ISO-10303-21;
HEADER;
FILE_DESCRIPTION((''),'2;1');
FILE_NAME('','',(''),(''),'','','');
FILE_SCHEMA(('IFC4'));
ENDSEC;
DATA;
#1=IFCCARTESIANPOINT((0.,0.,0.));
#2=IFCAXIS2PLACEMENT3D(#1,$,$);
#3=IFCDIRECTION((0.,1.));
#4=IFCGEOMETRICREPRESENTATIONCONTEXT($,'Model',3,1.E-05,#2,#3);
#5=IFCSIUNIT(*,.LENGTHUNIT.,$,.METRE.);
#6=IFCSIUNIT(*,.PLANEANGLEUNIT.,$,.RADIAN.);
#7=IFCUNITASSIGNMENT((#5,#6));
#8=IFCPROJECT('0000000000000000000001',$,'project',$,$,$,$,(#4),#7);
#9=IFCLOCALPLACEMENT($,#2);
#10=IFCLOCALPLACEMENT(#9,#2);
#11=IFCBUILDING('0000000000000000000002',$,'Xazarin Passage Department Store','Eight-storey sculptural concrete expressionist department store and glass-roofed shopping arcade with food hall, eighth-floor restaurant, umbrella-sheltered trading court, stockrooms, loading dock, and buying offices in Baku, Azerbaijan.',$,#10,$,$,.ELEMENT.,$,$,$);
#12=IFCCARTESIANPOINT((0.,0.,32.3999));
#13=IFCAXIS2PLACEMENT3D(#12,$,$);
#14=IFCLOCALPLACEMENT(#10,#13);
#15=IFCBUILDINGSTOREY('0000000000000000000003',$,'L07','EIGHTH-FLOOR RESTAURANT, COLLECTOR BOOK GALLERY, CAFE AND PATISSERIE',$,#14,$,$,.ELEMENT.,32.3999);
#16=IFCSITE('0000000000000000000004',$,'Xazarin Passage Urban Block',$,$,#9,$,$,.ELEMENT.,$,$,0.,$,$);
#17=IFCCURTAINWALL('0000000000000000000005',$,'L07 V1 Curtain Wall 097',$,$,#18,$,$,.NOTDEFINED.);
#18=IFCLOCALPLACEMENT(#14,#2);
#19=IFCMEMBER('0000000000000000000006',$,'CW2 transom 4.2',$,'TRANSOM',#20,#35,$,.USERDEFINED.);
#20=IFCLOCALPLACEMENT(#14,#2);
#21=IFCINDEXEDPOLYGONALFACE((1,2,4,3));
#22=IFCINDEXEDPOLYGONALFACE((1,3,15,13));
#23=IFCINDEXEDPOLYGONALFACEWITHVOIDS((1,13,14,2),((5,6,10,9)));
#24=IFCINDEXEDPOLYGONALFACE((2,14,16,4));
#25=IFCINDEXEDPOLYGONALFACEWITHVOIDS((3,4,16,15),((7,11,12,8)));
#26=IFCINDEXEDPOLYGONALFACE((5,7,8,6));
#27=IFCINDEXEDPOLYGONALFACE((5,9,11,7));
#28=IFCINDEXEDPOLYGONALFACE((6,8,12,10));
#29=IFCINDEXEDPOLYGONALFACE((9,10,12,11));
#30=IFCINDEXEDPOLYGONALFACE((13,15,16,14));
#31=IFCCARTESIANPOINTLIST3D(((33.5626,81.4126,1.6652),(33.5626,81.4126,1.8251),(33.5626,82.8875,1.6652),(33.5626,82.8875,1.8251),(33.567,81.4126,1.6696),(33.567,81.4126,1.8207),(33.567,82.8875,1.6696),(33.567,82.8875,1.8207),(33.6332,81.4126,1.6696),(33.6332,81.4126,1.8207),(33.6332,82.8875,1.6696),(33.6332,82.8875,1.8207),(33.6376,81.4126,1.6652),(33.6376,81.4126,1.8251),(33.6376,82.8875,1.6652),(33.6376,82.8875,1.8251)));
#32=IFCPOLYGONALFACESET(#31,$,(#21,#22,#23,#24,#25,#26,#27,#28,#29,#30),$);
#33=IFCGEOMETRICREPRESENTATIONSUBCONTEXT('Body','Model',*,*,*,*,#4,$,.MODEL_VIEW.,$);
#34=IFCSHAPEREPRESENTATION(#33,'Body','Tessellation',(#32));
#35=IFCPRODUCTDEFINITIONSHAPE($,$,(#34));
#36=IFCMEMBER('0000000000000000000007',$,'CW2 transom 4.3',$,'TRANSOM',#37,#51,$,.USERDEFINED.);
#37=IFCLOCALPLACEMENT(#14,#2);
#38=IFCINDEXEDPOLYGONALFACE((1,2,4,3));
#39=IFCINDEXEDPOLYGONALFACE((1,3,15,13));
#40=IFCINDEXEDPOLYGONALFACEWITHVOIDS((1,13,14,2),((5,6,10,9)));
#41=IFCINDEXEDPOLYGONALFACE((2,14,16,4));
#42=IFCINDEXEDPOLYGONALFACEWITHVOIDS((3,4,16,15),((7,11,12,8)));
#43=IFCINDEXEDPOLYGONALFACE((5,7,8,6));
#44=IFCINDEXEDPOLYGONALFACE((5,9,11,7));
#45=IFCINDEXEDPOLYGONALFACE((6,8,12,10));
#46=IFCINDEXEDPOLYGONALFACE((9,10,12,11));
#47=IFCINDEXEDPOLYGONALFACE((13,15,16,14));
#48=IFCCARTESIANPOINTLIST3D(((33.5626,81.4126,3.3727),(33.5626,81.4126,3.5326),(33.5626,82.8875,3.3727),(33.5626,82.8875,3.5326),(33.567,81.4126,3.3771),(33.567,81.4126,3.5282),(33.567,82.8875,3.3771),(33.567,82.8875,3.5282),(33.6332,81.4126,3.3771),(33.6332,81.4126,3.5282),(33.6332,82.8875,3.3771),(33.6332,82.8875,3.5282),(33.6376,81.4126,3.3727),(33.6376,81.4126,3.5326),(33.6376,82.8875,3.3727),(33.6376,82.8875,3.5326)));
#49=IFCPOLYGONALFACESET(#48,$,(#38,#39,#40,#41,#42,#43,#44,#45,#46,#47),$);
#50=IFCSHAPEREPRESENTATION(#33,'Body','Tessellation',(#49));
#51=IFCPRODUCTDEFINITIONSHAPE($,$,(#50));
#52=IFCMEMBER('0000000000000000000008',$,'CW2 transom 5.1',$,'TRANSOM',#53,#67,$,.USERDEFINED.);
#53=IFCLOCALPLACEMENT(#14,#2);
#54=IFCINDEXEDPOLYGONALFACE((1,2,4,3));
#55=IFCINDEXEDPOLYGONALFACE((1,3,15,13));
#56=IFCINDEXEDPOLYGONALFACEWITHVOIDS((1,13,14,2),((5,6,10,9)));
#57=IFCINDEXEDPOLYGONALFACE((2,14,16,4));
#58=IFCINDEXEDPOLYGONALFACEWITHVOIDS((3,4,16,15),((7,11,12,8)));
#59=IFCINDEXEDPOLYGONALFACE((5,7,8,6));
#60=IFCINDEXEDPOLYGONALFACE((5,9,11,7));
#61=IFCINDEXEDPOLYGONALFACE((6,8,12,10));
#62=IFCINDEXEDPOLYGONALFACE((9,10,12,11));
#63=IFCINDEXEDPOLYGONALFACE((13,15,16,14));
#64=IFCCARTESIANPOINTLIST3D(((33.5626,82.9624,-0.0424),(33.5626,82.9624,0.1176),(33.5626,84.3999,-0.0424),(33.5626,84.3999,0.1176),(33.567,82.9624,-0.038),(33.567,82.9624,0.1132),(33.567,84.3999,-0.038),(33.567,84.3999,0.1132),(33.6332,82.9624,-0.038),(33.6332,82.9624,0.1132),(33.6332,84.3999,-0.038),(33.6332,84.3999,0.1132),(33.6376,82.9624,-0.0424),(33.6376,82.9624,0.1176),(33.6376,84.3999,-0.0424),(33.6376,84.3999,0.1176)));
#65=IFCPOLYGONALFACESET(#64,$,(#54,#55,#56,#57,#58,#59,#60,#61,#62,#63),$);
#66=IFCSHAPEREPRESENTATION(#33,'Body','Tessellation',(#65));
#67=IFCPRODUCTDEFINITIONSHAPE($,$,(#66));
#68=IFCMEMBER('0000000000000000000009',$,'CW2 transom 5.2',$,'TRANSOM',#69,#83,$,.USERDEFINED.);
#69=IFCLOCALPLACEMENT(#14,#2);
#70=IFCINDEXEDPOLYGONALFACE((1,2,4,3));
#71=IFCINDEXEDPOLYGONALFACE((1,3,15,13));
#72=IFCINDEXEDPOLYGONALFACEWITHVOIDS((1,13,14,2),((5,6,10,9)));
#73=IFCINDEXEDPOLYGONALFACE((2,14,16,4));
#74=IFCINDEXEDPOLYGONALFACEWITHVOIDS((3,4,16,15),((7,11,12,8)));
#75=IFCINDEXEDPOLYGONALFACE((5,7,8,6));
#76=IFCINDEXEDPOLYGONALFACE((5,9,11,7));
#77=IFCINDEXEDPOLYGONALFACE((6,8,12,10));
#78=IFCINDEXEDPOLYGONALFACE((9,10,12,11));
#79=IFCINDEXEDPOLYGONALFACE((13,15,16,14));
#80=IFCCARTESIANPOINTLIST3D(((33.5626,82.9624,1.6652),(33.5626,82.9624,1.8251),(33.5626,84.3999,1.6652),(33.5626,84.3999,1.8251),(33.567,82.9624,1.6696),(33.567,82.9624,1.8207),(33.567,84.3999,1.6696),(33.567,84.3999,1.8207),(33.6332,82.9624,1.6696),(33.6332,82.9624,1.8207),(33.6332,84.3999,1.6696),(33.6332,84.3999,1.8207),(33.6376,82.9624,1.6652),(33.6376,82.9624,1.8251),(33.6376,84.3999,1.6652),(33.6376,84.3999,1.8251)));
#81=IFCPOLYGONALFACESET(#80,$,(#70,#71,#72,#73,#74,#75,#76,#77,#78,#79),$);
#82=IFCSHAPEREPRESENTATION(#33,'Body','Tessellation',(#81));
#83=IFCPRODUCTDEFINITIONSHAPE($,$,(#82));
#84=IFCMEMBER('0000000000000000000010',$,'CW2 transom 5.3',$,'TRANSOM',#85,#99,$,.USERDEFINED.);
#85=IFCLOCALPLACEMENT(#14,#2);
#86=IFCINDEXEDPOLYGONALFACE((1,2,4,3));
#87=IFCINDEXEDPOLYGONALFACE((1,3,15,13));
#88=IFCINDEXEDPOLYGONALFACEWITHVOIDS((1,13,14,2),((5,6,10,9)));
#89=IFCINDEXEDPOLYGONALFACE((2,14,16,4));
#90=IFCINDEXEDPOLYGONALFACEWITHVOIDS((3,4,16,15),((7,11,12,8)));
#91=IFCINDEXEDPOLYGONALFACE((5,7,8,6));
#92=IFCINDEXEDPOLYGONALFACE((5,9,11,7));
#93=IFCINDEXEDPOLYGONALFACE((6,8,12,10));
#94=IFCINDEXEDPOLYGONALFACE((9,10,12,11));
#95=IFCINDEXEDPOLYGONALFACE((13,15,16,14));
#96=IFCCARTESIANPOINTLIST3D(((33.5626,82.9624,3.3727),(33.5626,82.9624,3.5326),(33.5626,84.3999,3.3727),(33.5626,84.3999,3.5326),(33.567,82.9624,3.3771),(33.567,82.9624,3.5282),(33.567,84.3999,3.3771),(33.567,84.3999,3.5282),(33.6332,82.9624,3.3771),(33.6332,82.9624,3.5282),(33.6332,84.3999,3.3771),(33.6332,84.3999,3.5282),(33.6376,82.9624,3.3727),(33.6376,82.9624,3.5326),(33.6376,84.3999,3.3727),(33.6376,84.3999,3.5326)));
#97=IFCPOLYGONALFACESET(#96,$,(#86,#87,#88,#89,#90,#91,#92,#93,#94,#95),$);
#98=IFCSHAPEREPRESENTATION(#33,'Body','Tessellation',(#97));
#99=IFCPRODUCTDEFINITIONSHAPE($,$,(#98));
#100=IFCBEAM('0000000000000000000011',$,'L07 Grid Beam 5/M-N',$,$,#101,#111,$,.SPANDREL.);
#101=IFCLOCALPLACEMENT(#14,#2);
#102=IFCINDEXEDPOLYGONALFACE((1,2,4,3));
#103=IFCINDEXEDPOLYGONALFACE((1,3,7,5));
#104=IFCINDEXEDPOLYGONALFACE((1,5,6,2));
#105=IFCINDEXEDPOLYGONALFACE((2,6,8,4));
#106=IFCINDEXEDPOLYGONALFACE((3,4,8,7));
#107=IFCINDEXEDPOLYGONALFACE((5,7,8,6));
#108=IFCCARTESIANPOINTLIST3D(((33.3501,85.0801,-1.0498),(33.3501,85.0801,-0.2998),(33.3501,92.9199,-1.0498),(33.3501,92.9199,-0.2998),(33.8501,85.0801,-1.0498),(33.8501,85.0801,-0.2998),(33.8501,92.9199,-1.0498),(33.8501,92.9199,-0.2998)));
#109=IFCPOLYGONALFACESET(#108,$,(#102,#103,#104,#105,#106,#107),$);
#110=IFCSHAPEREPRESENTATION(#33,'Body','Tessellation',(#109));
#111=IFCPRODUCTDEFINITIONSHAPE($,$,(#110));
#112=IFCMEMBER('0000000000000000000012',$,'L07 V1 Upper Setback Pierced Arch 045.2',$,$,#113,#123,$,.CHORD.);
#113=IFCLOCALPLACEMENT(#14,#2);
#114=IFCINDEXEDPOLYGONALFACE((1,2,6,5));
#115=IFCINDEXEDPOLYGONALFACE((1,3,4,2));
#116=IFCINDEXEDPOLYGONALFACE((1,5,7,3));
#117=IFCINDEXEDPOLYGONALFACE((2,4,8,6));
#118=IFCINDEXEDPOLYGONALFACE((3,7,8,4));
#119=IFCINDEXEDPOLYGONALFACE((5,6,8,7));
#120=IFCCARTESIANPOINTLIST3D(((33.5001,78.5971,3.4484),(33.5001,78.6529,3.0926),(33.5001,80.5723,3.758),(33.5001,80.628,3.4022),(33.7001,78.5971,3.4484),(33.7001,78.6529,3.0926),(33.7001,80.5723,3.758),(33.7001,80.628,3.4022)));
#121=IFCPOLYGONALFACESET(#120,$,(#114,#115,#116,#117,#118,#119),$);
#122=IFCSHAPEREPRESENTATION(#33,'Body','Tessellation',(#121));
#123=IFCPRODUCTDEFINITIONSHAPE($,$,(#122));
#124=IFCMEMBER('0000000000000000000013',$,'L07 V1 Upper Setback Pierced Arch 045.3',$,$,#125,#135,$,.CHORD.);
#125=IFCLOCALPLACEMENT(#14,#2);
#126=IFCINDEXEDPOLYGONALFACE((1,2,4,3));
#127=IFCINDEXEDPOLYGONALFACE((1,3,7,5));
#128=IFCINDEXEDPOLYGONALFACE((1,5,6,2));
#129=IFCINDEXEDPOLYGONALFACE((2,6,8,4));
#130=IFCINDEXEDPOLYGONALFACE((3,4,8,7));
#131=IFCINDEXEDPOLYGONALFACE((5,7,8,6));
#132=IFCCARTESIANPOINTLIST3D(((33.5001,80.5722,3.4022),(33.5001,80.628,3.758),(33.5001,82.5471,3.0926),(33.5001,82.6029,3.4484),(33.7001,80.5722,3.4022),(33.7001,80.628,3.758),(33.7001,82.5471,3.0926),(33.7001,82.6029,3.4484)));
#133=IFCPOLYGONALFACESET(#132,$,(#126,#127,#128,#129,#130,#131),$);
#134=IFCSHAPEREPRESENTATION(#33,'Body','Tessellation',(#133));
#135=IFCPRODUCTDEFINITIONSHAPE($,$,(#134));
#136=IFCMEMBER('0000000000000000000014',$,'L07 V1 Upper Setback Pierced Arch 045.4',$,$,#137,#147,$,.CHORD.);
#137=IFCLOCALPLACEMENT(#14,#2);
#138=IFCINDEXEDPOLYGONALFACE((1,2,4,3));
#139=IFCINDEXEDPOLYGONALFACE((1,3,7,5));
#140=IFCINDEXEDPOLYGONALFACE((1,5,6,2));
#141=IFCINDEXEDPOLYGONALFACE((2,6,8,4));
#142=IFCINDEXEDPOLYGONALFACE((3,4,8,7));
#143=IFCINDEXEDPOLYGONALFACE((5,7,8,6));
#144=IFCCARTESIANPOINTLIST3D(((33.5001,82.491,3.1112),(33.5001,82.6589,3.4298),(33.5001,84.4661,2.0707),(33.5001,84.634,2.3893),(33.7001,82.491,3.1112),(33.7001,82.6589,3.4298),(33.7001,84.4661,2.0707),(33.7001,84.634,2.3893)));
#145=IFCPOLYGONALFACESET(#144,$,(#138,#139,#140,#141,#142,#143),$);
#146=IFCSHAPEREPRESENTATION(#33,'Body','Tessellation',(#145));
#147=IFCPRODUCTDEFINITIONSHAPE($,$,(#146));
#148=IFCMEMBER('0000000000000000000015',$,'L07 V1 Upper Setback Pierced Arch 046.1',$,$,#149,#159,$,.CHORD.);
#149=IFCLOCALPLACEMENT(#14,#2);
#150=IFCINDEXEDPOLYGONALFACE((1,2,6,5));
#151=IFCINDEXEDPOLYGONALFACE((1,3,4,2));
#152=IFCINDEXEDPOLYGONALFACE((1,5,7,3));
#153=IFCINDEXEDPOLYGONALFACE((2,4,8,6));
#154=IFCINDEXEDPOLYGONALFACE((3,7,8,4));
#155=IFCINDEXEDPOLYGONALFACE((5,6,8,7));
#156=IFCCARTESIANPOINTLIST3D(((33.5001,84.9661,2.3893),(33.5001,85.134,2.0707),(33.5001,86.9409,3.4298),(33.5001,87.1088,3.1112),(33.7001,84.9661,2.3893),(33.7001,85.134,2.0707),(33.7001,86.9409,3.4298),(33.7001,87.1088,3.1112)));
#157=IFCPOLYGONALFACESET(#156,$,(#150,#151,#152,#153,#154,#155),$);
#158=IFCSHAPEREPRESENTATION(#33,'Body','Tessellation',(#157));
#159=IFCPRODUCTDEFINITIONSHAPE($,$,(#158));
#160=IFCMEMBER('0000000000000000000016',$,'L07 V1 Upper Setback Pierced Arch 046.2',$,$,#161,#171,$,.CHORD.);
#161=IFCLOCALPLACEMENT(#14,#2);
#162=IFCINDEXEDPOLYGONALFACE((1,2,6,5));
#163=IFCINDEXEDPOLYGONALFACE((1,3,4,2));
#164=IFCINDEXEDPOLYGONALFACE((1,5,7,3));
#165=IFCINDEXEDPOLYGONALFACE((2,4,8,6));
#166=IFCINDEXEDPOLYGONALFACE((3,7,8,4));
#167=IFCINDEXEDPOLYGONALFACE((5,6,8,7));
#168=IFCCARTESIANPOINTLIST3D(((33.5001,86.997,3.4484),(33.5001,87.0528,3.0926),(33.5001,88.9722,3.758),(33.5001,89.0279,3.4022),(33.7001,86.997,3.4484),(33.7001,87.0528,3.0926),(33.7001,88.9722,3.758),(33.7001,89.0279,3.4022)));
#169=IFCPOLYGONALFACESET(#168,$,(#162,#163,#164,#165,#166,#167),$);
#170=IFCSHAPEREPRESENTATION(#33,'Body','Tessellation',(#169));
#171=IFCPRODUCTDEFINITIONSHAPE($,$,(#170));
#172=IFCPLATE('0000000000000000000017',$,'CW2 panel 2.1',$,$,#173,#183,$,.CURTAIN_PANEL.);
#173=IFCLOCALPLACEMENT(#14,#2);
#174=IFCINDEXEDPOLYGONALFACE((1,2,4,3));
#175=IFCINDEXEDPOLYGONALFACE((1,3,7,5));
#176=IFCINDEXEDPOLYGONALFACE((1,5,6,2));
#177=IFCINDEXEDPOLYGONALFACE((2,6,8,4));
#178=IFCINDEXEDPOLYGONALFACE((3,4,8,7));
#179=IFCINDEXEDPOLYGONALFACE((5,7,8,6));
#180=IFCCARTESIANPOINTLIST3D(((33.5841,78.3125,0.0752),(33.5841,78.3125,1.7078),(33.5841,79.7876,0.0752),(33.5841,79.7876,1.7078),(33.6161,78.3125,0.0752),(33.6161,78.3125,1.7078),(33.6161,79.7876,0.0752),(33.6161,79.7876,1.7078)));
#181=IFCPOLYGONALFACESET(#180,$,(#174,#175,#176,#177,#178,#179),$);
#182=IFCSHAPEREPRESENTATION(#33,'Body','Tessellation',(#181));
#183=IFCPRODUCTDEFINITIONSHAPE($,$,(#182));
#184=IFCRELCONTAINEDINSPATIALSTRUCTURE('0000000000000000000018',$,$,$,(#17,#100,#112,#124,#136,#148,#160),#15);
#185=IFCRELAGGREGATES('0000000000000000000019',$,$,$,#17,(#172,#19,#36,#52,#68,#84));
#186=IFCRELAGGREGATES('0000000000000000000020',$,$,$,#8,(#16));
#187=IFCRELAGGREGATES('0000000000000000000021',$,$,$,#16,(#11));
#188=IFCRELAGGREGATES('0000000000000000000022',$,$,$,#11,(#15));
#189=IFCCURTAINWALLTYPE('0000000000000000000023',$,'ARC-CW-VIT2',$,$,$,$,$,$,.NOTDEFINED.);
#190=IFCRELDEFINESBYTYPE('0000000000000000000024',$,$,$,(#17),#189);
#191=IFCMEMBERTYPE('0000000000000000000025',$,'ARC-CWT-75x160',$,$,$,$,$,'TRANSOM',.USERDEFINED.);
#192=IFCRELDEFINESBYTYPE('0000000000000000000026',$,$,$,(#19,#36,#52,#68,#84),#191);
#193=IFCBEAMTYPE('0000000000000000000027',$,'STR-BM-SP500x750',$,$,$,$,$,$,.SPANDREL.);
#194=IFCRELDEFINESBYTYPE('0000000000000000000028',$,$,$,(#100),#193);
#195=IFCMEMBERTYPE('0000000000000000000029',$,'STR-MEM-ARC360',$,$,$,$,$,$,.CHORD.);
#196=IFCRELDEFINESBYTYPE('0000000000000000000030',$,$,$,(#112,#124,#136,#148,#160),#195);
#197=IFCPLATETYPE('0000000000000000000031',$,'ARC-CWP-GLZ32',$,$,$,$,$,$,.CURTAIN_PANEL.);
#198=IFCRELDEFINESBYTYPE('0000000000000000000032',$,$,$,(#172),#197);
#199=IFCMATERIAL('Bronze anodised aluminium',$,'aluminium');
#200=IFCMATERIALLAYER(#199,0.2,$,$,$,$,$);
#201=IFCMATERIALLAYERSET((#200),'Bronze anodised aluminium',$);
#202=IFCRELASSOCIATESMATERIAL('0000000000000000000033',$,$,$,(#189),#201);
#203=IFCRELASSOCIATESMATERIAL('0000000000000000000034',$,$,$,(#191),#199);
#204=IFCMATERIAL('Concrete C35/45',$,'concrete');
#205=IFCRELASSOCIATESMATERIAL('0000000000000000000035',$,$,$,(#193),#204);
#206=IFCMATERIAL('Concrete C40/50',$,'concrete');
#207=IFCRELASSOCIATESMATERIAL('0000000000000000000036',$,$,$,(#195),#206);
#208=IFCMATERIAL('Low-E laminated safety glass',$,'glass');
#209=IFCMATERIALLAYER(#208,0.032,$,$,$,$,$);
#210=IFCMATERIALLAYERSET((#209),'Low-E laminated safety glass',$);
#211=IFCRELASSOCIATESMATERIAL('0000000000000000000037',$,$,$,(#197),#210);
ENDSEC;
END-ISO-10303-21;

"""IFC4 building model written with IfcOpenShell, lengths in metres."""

from ifc_helpers import new_model, si_unit, direction, frame, origin, origin_2d, place, context, subcontext, project, spatial, rectangle, hollow_rectangle, extrude, material, layer, layer_set, material_profile, profile_set, type_object, element, aggregate, save


model = new_model("IFC4")

# Units and contexts
model_context = context("Model", 3, precision=1e-05, world=origin(), true_north=direction((0.0, 1.0)))
body_context = subcontext(model_context, "Body", "Model", "MODEL_VIEW")
ifc_project = project(units=[si_unit("LENGTHUNIT", "METRE"), si_unit("PLANEANGLEUNIT", "RADIAN")], contexts=[model_context])

# Site, building, storey
site_placement = place(None, origin())
site = spatial("IfcSite", under=ifc_project, at=site_placement, Name="Xazarin Passage Urban Block", CompositionType="ELEMENT", RefElevation=0.0)
building_placement = place(site_placement, origin())
building = spatial("IfcBuilding", under=site, at=building_placement, Name="Xazarin Passage Department Store", Description="Eight-storey sculptural concrete expressionist department store and glass-roofed shopping arcade with food hall, eighth-floor restaurant, umbrella-sheltered trading court, stockrooms, loading dock, and buying offices in Baku, Azerbaijan.", CompositionType="ELEMENT")
storey_placement = place(building_placement, frame((0.0, 0.0, 32.3999)))
storey = spatial("IfcBuildingStorey", under=building, at=storey_placement, Name="L07", Description="EIGHTH-FLOOR RESTAURANT, COLLECTOR BOOK GALLERY, CAFE AND PATISSERIE", CompositionType="ELEMENT", Elevation=32.3999)

# Shared definitions
ifc_material_1 = material(Name="Concrete C40/50", Category="concrete")

# Curtain wall, members
ifc_material_2 = material(Name="Bronze anodised aluminium", Category="aluminium")
ifc_layer_1 = layer(ifc_material_2, 0.2)
ifc_layer_set_1 = layer_set([ifc_layer_1], Name="Bronze anodised aluminium")
curtain_wall_type = type_object("IfcCurtainWallType", Name="ARC-CW-VIT2", PredefinedType="NOTDEFINED", material=ifc_layer_set_1)
curtain_wall_placement = place(storey_placement, origin())
curtain_wall = element("IfcCurtainWall", 1, at=curtain_wall_placement, inside=storey, type_object=curtain_wall_type, Name="L07 V1 Curtain Wall 097", PredefinedType="NOTDEFINED")
ifc_material_profile_1 = material_profile(ifc_material_2, hollow_rectangle(XDim=0.075, YDim=0.1599, WallThickness=0.0044, at=origin_2d()), Name="ALU 75x160")
ifc_profile_set_1 = profile_set([ifc_material_profile_1], Name="Bronze anodised aluminium")
member_type_1 = type_object("IfcMemberType", Name="ARC-CWT-75x160", ElementType="TRANSOM", PredefinedType="USERDEFINED", material=ifc_profile_set_1)
member_1_placement = place(storey_placement, frame((33.6001, 81.4126, 1.7451), z_axis=(0.0, 1.0, 0.0), x_axis=(-1.0, 0.0, 0.0)))
member_1 = element("IfcMember", 2, at=member_1_placement, type_object=member_type_1, Name="CW2 transom 4.2", ObjectType="TRANSOM", PredefinedType="USERDEFINED", context=body_context, shape_type="SweptSolid", body=[
    extrude(hollow_rectangle(XDim=0.075, YDim=0.1599, WallThickness=0.0044, at=origin_2d()), origin(), (0.0, 0.0, 1.0), 1.4749),
])
member_2_placement = place(storey_placement, frame((33.6001, 81.4126, 3.4526), z_axis=(0.0, 1.0, 0.0), x_axis=(-1.0, 0.0, 0.0)))
member_2 = element("IfcMember", 3, at=member_2_placement, type_object=member_type_1, Name="CW2 transom 4.3", ObjectType="TRANSOM", PredefinedType="USERDEFINED", context=body_context, shape_type="SweptSolid", body=[
    extrude(hollow_rectangle(XDim=0.075, YDim=0.1599, WallThickness=0.0044, at=origin_2d()), origin(), (0.0, 0.0, 1.0), 1.4749),
])
member_3_placement = place(storey_placement, frame((33.6001, 82.9624, 0.0376), z_axis=(0.0, 1.0, 0.0), x_axis=(-1.0, 0.0, 0.0)))
member_3 = element("IfcMember", 4, at=member_3_placement, type_object=member_type_1, Name="CW2 transom 5.1", ObjectType="TRANSOM", PredefinedType="USERDEFINED", context=body_context, shape_type="SweptSolid", body=[
    extrude(hollow_rectangle(XDim=0.075, YDim=0.1599, WallThickness=0.0044, at=origin_2d()), origin(), (0.0, 0.0, 1.0), 1.4375),
])
member_4_placement = place(storey_placement, frame((33.6001, 82.9624, 1.7451), z_axis=(0.0, 1.0, 0.0), x_axis=(-1.0, 0.0, 0.0)))
member_4 = element("IfcMember", 5, at=member_4_placement, type_object=member_type_1, Name="CW2 transom 5.2", ObjectType="TRANSOM", PredefinedType="USERDEFINED", context=body_context, shape_type="SweptSolid", body=[
    extrude(hollow_rectangle(XDim=0.075, YDim=0.1599, WallThickness=0.0044, at=origin_2d()), origin(), (0.0, 0.0, 1.0), 1.4375),
])
member_5_placement = place(storey_placement, frame((33.6001, 82.9624, 3.4526), z_axis=(0.0, 1.0, 0.0), x_axis=(-1.0, 0.0, 0.0)))
member_5 = element("IfcMember", 6, at=member_5_placement, type_object=member_type_1, Name="CW2 transom 5.3", ObjectType="TRANSOM", PredefinedType="USERDEFINED", context=body_context, shape_type="SweptSolid", body=[
    extrude(hollow_rectangle(XDim=0.075, YDim=0.1599, WallThickness=0.0044, at=origin_2d()), origin(), (0.0, 0.0, 1.0), 1.4375),
])

# Beam
ifc_material_3 = material(Name="Concrete C35/45", Category="concrete")
ifc_material_profile_2 = material_profile(ifc_material_3, rectangle(XDim=0.5, YDim=0.75, at=origin_2d()), Name="RC 500x750")
ifc_profile_set_2 = profile_set([ifc_material_profile_2], Name="Concrete C35/45")
beam_type = type_object("IfcBeamType", Name="STR-BM-SP500x750", PredefinedType="SPANDREL", material=ifc_profile_set_2)
beam_placement = place(storey_placement, frame((33.6001, 85.0801, -0.6748), z_axis=(0.0, 1.0, 0.0), x_axis=(-1.0, 0.0, 0.0)))
element("IfcBeam", 7, at=beam_placement, inside=storey, type_object=beam_type, Name="L07 Grid Beam 5/M-N", PredefinedType="SPANDREL", context=body_context, shape_type="SweptSolid", body=[
    extrude(rectangle(XDim=0.5, YDim=0.75, at=origin_2d()), origin(), (0.0, 0.0, 1.0), 7.8398),
])

# Members
ifc_material_profile_3 = material_profile(ifc_material_1, rectangle(XDim=0.2, YDim=0.3601, at=origin_2d()), Name="RC 200x360")
ifc_profile_set_3 = profile_set([ifc_material_profile_3], Name="Concrete C40/50")
member_type_2 = type_object("IfcMemberType", Name="STR-MEM-ARC360", PredefinedType="CHORD", material=ifc_profile_set_3)
member_6_placement = place(storey_placement, frame((33.6001, 78.625, 3.2705), z_axis=(0.0, 0.987939, 0.154846), x_axis=(-1.0, 0.0, 0.0)))
element("IfcMember", 8, at=member_6_placement, inside=storey, type_object=member_type_2, Name="L07 V1 Upper Setback Pierced Arch 045.2", PredefinedType="CHORD", context=body_context, shape_type="SweptSolid", body=[
    extrude(rectangle(XDim=0.2, YDim=0.3601, at=origin_2d()), origin(), (0.0, 0.0, 1.0), 1.9993),
])
member_7_placement = place(storey_placement, frame((33.6001, 80.6001, 3.5801), z_axis=(0.0, 0.987936, -0.154865), x_axis=(-1.0, 0.0, 0.0)))
element("IfcMember", 9, at=member_7_placement, inside=storey, type_object=member_type_2, Name="L07 V1 Upper Setback Pierced Arch 045.3", PredefinedType="CHORD", context=body_context, shape_type="SweptSolid", body=[
    extrude(rectangle(XDim=0.2, YDim=0.3601, at=origin_2d()), origin(), (0.0, 0.0, 1.0), 1.999),
])
member_8_placement = place(storey_placement, frame((33.6001, 82.575, 3.2705), z_axis=(0.0, 0.884733, -0.466098), x_axis=(-1.0, 0.0, 0.0)))
element("IfcMember", 10, at=member_8_placement, inside=storey, type_object=member_type_2, Name="L07 V1 Upper Setback Pierced Arch 045.4", PredefinedType="CHORD", context=body_context, shape_type="SweptSolid", body=[
    extrude(rectangle(XDim=0.2, YDim=0.3601, at=origin_2d()), origin(), (0.0, 0.0, 1.0), 2.2324),
])
member_9_placement = place(storey_placement, frame((33.6001, 85.05, 2.23), z_axis=(0.0, 0.884709, 0.466143), x_axis=(-1.0, 0.0, 0.0)))
element("IfcMember", 11, at=member_9_placement, inside=storey, type_object=member_type_2, Name="L07 V1 Upper Setback Pierced Arch 046.1", PredefinedType="CHORD", context=body_context, shape_type="SweptSolid", body=[
    extrude(rectangle(XDim=0.2, YDim=0.3601, at=origin_2d()), origin(), (0.0, 0.0, 1.0), 2.2322),
])
member_10_placement = place(storey_placement, frame((33.6001, 87.0249, 3.2705), z_axis=(0.0, 0.987939, 0.154846), x_axis=(-1.0, 0.0, 0.0)))
element("IfcMember", 12, at=member_10_placement, inside=storey, type_object=member_type_2, Name="L07 V1 Upper Setback Pierced Arch 046.2", PredefinedType="CHORD", context=body_context, shape_type="SweptSolid", body=[
    extrude(rectangle(XDim=0.2, YDim=0.3601, at=origin_2d()), origin(), (0.0, 0.0, 1.0), 1.9993),
])

# Plate
ifc_material_4 = material(Name="Low-E laminated safety glass", Category="glass")
ifc_layer_2 = layer(ifc_material_4, 0.032)
ifc_layer_set_2 = layer_set([ifc_layer_2], Name="Low-E laminated safety glass")
plate_type = type_object("IfcPlateType", Name="ARC-CWP-GLZ32", PredefinedType="CURTAIN_PANEL", material=ifc_layer_set_2)
plate_1_placement = place(storey_placement, frame((33.6001, 79.05, 0.0752), z_axis=(0.0, 0.0, 1.0), x_axis=(0.0, 1.0, 0.0)))
plate_1 = element("IfcPlate", 13, at=plate_1_placement, type_object=plate_type, Name="CW2 panel 2.1", PredefinedType="CURTAIN_PANEL", context=body_context, shape_type="SweptSolid", body=[
    extrude(rectangle(XDim=1.4751, YDim=0.032, at=origin_2d()), origin(), (0.0, 0.0, 1.0), 1.6326),
])
aggregate(curtain_wall, [plate_1, member_1, member_2, member_3, member_4, member_5])

save(model, "model.ifc")
